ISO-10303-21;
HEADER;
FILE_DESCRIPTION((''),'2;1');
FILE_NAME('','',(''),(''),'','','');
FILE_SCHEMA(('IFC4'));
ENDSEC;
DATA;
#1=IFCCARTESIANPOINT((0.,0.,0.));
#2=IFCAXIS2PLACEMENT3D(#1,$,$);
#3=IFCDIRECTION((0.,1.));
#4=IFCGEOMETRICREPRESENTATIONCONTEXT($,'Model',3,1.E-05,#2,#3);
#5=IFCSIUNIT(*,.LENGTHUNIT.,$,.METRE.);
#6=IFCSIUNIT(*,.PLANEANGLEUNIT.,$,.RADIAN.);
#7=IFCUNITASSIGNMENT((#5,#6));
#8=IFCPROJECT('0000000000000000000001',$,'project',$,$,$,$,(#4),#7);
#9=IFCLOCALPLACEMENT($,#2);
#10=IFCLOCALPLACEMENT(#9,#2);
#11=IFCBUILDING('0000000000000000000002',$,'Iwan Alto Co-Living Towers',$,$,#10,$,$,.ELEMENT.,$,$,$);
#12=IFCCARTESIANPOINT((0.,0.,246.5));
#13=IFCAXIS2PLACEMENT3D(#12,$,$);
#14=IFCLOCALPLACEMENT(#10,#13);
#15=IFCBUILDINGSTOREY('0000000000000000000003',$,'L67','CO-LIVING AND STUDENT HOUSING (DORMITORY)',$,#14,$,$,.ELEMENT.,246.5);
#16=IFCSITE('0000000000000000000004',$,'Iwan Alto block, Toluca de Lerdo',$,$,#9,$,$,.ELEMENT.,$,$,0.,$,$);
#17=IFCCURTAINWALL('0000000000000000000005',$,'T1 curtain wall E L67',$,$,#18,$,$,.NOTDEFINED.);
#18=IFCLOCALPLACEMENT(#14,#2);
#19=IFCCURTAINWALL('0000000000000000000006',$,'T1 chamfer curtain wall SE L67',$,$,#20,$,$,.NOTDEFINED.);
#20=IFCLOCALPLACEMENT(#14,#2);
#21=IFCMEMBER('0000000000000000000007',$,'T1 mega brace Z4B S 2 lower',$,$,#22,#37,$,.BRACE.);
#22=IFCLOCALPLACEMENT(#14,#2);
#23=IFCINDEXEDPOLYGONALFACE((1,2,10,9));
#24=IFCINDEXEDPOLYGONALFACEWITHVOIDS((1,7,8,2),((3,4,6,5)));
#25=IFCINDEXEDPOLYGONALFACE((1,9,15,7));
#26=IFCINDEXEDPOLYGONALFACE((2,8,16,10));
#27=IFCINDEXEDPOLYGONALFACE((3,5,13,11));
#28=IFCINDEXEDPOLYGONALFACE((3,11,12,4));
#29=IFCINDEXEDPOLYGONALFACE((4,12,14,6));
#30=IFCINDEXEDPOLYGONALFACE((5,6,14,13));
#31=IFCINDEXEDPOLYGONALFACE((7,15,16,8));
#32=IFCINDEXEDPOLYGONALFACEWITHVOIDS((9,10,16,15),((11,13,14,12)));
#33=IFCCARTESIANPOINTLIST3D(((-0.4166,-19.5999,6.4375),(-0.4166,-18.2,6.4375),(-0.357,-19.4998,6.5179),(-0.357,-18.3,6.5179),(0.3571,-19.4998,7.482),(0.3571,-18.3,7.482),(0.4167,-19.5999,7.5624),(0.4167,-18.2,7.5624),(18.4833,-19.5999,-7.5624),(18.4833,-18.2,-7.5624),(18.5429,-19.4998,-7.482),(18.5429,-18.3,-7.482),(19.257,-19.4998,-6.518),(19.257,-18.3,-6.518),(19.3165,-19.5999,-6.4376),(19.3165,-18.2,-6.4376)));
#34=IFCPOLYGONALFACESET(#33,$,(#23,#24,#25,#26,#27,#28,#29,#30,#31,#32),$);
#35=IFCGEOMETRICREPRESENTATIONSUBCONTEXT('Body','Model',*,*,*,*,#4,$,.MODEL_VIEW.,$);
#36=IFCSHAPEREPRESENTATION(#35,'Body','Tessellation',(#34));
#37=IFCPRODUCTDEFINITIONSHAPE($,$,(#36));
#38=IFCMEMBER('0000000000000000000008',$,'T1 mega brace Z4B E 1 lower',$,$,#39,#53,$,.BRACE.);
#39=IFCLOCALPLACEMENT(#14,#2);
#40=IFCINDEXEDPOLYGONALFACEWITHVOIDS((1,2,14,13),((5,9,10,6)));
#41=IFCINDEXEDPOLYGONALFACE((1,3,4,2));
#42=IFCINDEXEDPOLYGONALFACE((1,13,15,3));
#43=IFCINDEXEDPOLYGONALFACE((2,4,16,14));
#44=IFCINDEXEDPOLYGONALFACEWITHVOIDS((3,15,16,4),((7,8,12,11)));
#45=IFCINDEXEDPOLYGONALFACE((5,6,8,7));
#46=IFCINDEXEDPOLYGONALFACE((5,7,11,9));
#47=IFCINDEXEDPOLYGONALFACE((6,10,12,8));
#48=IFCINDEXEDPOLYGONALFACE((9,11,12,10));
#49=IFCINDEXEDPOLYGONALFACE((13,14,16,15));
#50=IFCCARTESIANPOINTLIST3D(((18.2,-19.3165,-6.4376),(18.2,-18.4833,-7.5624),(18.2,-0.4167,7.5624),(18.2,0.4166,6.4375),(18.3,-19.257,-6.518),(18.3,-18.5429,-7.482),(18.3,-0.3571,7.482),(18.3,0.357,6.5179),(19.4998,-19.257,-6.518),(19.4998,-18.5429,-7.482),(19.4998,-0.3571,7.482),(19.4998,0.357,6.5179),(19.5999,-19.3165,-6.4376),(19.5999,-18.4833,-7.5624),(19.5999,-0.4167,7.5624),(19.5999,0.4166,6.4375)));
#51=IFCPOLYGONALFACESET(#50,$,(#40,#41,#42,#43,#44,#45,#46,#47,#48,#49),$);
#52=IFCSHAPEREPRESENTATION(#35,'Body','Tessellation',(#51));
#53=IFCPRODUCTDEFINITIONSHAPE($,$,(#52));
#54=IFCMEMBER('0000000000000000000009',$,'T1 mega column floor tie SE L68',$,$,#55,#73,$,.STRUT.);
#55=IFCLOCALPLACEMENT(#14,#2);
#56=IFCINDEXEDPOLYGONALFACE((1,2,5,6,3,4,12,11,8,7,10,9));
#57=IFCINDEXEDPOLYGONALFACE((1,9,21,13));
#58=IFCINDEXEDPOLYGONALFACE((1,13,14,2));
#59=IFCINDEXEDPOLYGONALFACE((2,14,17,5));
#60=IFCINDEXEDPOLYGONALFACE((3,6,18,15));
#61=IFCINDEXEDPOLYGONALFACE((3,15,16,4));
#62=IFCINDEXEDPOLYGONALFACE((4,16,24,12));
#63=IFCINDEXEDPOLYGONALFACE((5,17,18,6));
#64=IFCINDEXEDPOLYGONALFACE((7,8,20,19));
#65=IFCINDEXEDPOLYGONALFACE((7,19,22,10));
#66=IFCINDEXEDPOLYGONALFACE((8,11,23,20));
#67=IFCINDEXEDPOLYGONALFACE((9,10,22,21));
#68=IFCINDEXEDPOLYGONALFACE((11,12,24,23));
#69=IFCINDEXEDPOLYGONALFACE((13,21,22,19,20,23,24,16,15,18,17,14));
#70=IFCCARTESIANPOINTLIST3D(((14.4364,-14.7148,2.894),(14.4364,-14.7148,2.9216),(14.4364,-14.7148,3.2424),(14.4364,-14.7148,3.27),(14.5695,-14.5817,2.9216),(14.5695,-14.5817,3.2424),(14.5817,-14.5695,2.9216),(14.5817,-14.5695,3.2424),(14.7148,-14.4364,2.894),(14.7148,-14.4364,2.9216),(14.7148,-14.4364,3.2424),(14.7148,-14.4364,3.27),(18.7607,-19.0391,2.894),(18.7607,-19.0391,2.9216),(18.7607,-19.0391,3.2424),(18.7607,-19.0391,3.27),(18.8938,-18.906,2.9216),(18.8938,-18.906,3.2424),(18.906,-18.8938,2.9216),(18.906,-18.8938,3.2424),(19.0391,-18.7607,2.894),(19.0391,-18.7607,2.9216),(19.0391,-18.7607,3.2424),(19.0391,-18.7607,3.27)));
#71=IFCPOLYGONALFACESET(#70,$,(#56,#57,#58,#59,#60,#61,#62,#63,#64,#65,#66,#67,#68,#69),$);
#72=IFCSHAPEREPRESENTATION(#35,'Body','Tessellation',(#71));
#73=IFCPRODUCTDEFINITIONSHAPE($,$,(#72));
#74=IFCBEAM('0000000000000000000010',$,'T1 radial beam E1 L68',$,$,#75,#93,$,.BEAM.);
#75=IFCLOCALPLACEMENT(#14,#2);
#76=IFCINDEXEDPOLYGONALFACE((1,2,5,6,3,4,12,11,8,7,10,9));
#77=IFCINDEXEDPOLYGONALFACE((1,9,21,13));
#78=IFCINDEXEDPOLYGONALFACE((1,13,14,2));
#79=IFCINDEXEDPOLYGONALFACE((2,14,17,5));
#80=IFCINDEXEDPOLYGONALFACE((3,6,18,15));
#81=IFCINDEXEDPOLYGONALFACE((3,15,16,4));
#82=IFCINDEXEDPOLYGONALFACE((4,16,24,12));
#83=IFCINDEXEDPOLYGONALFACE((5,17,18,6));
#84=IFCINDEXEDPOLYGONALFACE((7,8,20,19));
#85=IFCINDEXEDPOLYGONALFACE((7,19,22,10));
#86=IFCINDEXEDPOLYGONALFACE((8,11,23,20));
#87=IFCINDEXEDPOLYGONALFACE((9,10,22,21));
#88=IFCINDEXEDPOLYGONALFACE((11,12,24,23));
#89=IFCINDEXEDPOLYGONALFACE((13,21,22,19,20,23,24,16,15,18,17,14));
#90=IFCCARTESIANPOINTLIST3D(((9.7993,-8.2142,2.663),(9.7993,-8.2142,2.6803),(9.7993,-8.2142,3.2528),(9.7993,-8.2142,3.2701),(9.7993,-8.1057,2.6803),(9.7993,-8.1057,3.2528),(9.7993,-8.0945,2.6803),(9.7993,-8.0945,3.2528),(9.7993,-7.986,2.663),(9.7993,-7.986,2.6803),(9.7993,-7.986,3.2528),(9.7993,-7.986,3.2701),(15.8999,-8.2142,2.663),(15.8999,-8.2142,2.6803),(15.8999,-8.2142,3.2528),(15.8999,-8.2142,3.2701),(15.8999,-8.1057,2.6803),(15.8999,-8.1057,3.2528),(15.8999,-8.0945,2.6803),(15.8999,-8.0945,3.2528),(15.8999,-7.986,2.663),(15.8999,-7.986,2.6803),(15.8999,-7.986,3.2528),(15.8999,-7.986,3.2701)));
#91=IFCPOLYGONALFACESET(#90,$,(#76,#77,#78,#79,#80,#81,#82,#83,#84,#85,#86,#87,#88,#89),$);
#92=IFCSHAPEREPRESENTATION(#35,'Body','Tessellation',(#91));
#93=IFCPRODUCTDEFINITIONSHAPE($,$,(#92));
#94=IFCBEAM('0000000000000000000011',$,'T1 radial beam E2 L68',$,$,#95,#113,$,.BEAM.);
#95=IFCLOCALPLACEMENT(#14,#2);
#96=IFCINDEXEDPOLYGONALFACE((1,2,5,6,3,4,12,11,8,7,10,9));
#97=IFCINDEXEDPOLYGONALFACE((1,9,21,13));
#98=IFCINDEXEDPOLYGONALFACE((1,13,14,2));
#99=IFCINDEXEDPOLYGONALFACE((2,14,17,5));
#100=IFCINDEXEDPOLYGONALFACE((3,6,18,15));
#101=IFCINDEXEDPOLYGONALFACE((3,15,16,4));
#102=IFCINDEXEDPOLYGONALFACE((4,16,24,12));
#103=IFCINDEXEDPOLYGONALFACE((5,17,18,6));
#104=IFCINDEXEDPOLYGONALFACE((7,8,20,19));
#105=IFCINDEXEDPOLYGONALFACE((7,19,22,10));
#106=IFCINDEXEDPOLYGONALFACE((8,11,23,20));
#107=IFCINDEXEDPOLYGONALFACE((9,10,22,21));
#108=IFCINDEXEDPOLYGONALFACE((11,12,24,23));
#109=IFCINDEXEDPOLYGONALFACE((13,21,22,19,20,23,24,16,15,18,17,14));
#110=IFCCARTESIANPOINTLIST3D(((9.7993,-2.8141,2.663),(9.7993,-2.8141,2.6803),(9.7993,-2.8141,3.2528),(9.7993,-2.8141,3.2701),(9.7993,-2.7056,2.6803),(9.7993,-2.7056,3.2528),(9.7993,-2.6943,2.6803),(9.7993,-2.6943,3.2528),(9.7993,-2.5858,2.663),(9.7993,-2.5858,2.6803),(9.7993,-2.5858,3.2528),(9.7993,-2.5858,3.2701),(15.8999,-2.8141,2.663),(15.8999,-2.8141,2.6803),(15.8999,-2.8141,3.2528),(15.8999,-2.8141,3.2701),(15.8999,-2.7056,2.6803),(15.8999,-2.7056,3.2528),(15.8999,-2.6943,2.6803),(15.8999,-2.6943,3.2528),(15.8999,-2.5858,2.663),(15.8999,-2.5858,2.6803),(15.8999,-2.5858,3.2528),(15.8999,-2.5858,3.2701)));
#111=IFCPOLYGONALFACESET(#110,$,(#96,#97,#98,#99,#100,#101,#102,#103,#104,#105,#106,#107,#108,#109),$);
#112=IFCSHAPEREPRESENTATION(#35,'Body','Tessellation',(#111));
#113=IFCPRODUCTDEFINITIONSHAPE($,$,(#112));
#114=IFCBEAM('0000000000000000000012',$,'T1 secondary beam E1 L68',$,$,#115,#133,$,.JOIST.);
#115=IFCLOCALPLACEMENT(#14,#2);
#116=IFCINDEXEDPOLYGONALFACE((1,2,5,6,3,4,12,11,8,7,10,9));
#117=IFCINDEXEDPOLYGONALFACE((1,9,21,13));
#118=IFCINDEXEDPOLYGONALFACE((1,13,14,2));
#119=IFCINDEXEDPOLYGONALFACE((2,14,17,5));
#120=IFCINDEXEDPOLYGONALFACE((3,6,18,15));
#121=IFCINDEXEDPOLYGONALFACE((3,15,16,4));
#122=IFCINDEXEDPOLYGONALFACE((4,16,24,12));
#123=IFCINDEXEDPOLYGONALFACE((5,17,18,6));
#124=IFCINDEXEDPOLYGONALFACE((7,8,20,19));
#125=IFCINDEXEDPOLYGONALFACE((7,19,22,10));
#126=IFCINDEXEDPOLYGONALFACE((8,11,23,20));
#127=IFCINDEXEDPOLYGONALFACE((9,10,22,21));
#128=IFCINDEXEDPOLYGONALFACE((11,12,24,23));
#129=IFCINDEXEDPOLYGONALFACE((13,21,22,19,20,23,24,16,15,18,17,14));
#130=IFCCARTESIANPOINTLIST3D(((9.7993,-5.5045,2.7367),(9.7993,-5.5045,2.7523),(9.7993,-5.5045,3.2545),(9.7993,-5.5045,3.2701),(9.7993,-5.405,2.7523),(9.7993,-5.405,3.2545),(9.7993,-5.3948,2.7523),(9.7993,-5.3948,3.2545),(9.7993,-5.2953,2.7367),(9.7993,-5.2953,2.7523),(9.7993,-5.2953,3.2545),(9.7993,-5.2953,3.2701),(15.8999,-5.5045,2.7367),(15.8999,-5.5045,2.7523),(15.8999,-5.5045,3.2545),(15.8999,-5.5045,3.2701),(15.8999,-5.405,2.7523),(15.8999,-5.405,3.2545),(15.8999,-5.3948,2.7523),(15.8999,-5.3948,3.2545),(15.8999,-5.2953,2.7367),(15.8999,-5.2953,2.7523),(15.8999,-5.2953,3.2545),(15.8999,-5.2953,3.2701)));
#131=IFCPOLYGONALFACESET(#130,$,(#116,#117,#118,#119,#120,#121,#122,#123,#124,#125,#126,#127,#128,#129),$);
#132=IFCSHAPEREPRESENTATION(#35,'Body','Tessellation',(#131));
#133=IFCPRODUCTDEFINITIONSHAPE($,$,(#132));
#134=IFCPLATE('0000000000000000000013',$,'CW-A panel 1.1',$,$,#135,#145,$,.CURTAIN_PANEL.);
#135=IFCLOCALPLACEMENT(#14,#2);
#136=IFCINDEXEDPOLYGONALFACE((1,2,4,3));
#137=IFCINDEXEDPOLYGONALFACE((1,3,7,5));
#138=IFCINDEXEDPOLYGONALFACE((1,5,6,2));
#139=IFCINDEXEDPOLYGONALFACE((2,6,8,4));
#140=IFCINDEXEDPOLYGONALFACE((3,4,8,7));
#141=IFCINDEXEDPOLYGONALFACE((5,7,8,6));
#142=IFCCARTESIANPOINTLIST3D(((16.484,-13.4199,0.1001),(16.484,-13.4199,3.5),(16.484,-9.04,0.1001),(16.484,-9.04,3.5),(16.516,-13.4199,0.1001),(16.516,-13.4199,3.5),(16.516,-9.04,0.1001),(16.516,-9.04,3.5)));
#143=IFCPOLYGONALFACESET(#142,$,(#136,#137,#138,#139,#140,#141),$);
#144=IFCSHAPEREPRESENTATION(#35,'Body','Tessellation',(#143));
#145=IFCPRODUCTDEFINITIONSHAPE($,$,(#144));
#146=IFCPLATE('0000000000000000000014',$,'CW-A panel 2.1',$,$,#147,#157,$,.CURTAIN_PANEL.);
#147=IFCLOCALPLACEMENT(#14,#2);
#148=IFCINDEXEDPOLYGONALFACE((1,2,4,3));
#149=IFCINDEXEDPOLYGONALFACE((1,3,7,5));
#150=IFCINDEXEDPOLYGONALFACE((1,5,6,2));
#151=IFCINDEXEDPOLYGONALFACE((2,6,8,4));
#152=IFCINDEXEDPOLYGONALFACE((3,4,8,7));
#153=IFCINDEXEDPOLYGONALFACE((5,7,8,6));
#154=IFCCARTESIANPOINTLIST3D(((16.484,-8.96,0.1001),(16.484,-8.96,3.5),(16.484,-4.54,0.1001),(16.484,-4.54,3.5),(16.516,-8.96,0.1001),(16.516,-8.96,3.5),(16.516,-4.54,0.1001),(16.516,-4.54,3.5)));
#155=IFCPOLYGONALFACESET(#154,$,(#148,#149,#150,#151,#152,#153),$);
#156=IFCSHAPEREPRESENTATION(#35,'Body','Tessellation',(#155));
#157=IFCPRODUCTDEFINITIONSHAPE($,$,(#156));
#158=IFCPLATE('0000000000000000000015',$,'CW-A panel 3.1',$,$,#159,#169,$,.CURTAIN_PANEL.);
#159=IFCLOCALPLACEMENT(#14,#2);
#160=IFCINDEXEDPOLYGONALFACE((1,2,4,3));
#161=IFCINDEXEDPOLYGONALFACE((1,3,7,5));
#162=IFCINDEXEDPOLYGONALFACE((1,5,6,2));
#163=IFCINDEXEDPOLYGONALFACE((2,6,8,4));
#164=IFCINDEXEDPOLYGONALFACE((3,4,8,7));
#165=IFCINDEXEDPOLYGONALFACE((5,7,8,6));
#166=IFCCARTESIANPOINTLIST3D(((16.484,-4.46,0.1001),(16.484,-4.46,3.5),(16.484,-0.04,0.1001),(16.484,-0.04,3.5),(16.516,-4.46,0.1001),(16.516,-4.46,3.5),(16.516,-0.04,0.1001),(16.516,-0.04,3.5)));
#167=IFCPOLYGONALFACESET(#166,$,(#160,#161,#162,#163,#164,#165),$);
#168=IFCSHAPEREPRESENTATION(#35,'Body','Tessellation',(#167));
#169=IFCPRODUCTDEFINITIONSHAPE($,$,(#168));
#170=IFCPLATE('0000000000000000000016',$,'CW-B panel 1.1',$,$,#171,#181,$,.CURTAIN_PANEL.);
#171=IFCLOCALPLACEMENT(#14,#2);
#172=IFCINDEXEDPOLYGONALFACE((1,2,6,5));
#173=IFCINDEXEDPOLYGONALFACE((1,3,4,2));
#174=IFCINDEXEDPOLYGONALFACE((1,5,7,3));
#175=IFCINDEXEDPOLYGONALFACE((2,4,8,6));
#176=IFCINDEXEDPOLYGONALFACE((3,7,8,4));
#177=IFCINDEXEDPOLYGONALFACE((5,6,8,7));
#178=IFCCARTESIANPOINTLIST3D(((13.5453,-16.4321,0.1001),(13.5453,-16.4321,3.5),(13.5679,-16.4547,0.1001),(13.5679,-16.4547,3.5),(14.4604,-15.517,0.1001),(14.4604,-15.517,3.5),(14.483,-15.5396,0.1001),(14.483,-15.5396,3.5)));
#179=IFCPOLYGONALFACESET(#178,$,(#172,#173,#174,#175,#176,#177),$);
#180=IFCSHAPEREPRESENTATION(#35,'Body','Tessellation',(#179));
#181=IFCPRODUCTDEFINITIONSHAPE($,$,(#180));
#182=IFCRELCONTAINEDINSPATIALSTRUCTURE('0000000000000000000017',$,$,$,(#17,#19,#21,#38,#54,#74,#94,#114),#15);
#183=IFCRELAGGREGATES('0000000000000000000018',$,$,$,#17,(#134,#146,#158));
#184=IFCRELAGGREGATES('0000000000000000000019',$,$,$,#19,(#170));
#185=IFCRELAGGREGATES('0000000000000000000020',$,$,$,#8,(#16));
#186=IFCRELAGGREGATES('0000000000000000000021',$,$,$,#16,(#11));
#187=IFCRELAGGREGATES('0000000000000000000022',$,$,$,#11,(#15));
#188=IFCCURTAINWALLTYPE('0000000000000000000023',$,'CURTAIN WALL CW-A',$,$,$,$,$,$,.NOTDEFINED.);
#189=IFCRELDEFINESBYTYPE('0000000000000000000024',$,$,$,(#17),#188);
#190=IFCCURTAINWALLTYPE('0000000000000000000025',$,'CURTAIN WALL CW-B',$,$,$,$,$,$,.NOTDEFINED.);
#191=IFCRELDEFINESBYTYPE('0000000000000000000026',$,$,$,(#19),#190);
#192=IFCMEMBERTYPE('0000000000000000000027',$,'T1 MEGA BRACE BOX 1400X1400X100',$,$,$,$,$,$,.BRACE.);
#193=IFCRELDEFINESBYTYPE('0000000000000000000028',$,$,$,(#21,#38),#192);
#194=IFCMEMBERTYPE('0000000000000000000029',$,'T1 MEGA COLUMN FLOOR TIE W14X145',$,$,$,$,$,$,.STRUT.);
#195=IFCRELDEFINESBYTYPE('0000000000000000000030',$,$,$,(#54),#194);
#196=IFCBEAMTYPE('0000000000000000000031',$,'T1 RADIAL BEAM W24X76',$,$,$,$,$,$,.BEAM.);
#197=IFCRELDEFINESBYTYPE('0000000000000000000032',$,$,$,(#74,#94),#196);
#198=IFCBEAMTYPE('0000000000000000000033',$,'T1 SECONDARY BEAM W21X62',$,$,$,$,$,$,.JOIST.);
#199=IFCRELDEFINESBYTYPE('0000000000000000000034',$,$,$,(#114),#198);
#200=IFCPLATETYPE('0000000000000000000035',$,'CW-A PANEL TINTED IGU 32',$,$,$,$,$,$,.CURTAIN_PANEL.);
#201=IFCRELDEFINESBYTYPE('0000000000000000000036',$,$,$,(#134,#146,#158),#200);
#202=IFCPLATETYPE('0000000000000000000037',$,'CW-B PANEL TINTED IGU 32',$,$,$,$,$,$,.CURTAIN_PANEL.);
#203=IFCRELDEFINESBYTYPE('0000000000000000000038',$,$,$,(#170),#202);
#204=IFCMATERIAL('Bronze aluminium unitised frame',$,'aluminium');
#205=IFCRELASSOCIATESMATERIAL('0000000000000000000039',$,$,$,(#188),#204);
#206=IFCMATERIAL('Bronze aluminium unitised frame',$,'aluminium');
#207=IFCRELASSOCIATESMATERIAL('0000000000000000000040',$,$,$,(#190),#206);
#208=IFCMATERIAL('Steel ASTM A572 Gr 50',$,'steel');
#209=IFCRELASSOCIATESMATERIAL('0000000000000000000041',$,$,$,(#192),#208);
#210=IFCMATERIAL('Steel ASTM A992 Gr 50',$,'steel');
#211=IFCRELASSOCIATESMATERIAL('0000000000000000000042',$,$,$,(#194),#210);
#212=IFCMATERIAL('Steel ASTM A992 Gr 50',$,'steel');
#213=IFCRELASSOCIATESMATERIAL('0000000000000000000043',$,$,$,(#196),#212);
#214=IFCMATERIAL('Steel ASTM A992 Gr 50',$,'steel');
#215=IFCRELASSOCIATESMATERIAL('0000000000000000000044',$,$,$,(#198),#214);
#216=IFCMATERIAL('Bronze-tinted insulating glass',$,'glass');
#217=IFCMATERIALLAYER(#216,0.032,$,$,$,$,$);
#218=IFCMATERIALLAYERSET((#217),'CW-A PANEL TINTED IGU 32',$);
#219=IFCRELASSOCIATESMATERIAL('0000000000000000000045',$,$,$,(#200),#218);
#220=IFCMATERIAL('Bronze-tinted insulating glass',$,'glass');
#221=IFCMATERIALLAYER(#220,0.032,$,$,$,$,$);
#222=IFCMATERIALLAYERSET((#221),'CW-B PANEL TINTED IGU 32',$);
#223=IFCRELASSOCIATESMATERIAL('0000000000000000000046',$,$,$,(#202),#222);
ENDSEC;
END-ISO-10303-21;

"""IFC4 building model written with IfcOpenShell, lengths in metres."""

from ifc_helpers import new_model, si_unit, direction, frame, origin, origin_2d, place, context, subcontext, project, spatial, rectangle, hollow_rectangle, i_section, extrude, material, layer, layer_set, material_profile, profile_set, type_object, element, aggregate, save


model = new_model("IFC4")

# Units and contexts
model_context = context("Model", 3, precision=1e-05, world=origin(), true_north=direction((0.0, 1.0)))
body_context = subcontext(model_context, "Body", "Model", "MODEL_VIEW")
ifc_project = project(units=[si_unit("LENGTHUNIT", "METRE"), si_unit("PLANEANGLEUNIT", "RADIAN")], contexts=[model_context])

# Site, building, storey
site_placement = place(None, origin())
site = spatial("IfcSite", under=ifc_project, at=site_placement, Name="Iwan Alto block, Toluca de Lerdo", CompositionType="ELEMENT", RefElevation=0.0)
building_placement = place(site_placement, origin())
building = spatial("IfcBuilding", under=site, at=building_placement, Name="Iwan Alto Co-Living Towers", CompositionType="ELEMENT")
storey_placement = place(building_placement, frame((0.0, 0.0, 246.5)))
storey = spatial("IfcBuildingStorey", under=building, at=storey_placement, Name="L67", Description="CO-LIVING AND STUDENT HOUSING (DORMITORY)", CompositionType="ELEMENT", Elevation=246.5)

# Shared definitions
ifc_material_1 = material(Name="Bronze aluminium unitised frame", Category="aluminium")
curtain_wall_type_1 = type_object("IfcCurtainWallType", Name="CURTAIN WALL CW-A", PredefinedType="NOTDEFINED", material=ifc_material_1)

# Curtain walls
curtain_wall_1_placement = place(storey_placement, origin())
curtain_wall_1 = element("IfcCurtainWall", 1, at=curtain_wall_1_placement, inside=storey, type_object=curtain_wall_type_1, Name="T1 curtain wall E L67", PredefinedType="NOTDEFINED")
ifc_material_2 = material(Name="Bronze aluminium unitised frame", Category="aluminium")
curtain_wall_type_2 = type_object("IfcCurtainWallType", Name="CURTAIN WALL CW-B", PredefinedType="NOTDEFINED", material=ifc_material_2)
curtain_wall_2_placement = place(storey_placement, origin())
curtain_wall_2 = element("IfcCurtainWall", 2, at=curtain_wall_2_placement, inside=storey, type_object=curtain_wall_type_2, Name="T1 chamfer curtain wall SE L67", PredefinedType="NOTDEFINED")

# Members
ifc_material_3 = material(Name="Steel ASTM A572 Gr 50", Category="steel")
ifc_material_profile_1 = material_profile(ifc_material_3, hollow_rectangle(XDim=1.3999, YDim=1.3999, WallThickness=0.1001, at=origin_2d()), Name="BOX 1400X1400X100")
ifc_profile_set_1 = profile_set([ifc_material_profile_1], Name="Steel ASTM A572 Gr 50")
member_type_1 = type_object("IfcMemberType", Name="T1 MEGA BRACE BOX 1400X1400X100", PredefinedType="BRACE", material=ifc_profile_set_1)
for number, where, z_axis, x_axis, name in (
    (3, (18.8999, -18.8999, -7.0), (-0.803556, 0.0, 0.59523), (0.0, -1.0, 0.0), "T1 mega brace Z4B S 2 lower"),
    (4, (18.8999, -18.8999, -7.0), (0.0, 0.803556, 0.59523), (-1.0, 0.0, 0.0), "T1 mega brace Z4B E 1 lower"),
):
    element("IfcMember", number, at=place(storey_placement, frame(where, z_axis=z_axis, x_axis=x_axis)), inside=storey, type_object=member_type_1, Name=name, PredefinedType="BRACE", context=body_context, shape_type="SweptSolid", body=[
        extrude(hollow_rectangle(XDim=1.3999, YDim=1.3999, WallThickness=0.1001, at=origin_2d()), origin(), (0.0, 0.0, 1.0), 23.5203),
    ])
ifc_material_4 = material(Name="Steel ASTM A992 Gr 50", Category="steel")
ifc_material_profile_2 = material_profile(ifc_material_4, i_section(OverallWidth=0.3938, OverallDepth=0.376, WebThickness=0.0173, FlangeThickness=0.0276, at=origin_2d()), Name="W14X145")
ifc_profile_set_2 = profile_set([ifc_material_profile_2], Name="Steel ASTM A992 Gr 50")
member_type_2 = type_object("IfcMemberType", Name="T1 MEGA COLUMN FLOOR TIE W14X145", PredefinedType="STRUT", material=ifc_profile_set_2)
member_1_placement = place(storey_placement, frame((18.8999, -18.8999, 3.082), z_axis=(-0.707107, 0.707107, 0.0), x_axis=(-0.707107, -0.707107, 0.0)))
element("IfcMember", 5, at=member_1_placement, inside=storey, type_object=member_type_2, Name="T1 mega column floor tie SE L68", PredefinedType="STRUT", context=body_context, shape_type="SweptSolid", body=[
    extrude(i_section(OverallWidth=0.3938, OverallDepth=0.376, WebThickness=0.0173, FlangeThickness=0.0276, at=origin_2d()), origin(), (0.0, 0.0, 1.0), 6.1155),
])

# Beams
ifc_material_5 = material(Name="Steel ASTM A992 Gr 50", Category="steel")
ifc_material_profile_3 = material_profile(ifc_material_5, i_section(OverallWidth=0.2283, OverallDepth=0.6072, WebThickness=0.0112, FlangeThickness=0.0173, at=origin_2d()), Name="W24X76")
ifc_profile_set_3 = profile_set([ifc_material_profile_3], Name="Steel ASTM A992 Gr 50")
beam_type_1 = type_object("IfcBeamType", Name="T1 RADIAL BEAM W24X76", PredefinedType="BEAM", material=ifc_profile_set_3)
for number, where, z_axis, x_axis, name in (
    (6, (15.8999, -8.1001, 2.9666), (-1.0, 0.0, 0.0), (0.0, -1.0, 0.0), "T1 radial beam E1 L68"),
    (7, (15.8999, -2.7, 2.9666), (-1.0, 0.0, 0.0), (0.0, -1.0, 0.0), "T1 radial beam E2 L68"),
):
    element("IfcBeam", number, at=place(storey_placement, frame(where, z_axis=z_axis, x_axis=x_axis)), inside=storey, type_object=beam_type_1, Name=name, PredefinedType="BEAM", context=body_context, shape_type="SweptSolid", body=[
        extrude(i_section(OverallWidth=0.2283, OverallDepth=0.6072, WebThickness=0.0112, FlangeThickness=0.0173, at=origin_2d()), origin(), (0.0, 0.0, 1.0), 6.1006),
    ])
ifc_material_6 = material(Name="Steel ASTM A992 Gr 50", Category="steel")
ifc_material_profile_4 = material_profile(ifc_material_6, i_section(OverallWidth=0.2092, OverallDepth=0.5334, WebThickness=0.0103, FlangeThickness=0.0156, at=origin_2d()), Name="W21X62")
ifc_profile_set_4 = profile_set([ifc_material_profile_4], Name="Steel ASTM A992 Gr 50")
beam_type_2 = type_object("IfcBeamType", Name="T1 SECONDARY BEAM W21X62", PredefinedType="JOIST", material=ifc_profile_set_4)
beam_1_placement = place(storey_placement, frame((15.8999, -5.3999, 3.0034), z_axis=(-1.0, 0.0, 0.0), x_axis=(0.0, -1.0, 0.0)))
element("IfcBeam", 8, at=beam_1_placement, inside=storey, type_object=beam_type_2, Name="T1 secondary beam E1 L68", PredefinedType="JOIST", context=body_context, shape_type="SweptSolid", body=[
    extrude(i_section(OverallWidth=0.2092, OverallDepth=0.5334, WebThickness=0.0103, FlangeThickness=0.0156, at=origin_2d()), origin(), (0.0, 0.0, 1.0), 6.1006),
])

# Plates
ifc_material_7 = material(Name="Bronze-tinted insulating glass", Category="glass")
ifc_layer_1 = layer(ifc_material_7, 0.032)
ifc_layer_set_1 = layer_set([ifc_layer_1], Name="CW-A PANEL TINTED IGU 32")
plate_type_1 = type_object("IfcPlateType", Name="CW-A PANEL TINTED IGU 32", PredefinedType="CURTAIN_PANEL", material=ifc_layer_set_1)
plate_1_placement = place(storey_placement, frame((16.5, -11.23, 0.1001), z_axis=(0.0, 0.0, 1.0), x_axis=(0.0, 1.0, 0.0)))
plate_1 = element("IfcPlate", 9, at=plate_1_placement, type_object=plate_type_1, Name="CW-A panel 1.1", PredefinedType="CURTAIN_PANEL", context=body_context, shape_type="SweptSolid", body=[
    extrude(rectangle(XDim=4.3799, YDim=0.032, at=origin_2d()), origin(), (0.0, 0.0, 1.0), 3.3999),
])
plate_2_placement = place(storey_placement, frame((16.5, -6.75, 0.1001), z_axis=(0.0, 0.0, 1.0), x_axis=(0.0, 1.0, 0.0)))
plate_2 = element("IfcPlate", 10, at=plate_2_placement, type_object=plate_type_1, Name="CW-A panel 2.1", PredefinedType="CURTAIN_PANEL", context=body_context, shape_type="SweptSolid", body=[
    extrude(rectangle(XDim=4.4199, YDim=0.032, at=origin_2d()), origin(), (0.0, 0.0, 1.0), 3.3999),
])
plate_3_placement = place(storey_placement, frame((16.5, -2.25, 0.1001), z_axis=(0.0, 0.0, 1.0), x_axis=(0.0, 1.0, 0.0)))
plate_3 = element("IfcPlate", 11, at=plate_3_placement, type_object=plate_type_1, Name="CW-A panel 3.1", PredefinedType="CURTAIN_PANEL", context=body_context, shape_type="SweptSolid", body=[
    extrude(rectangle(XDim=4.4199, YDim=0.032, at=origin_2d()), origin(), (0.0, 0.0, 1.0), 3.3999),
])
aggregate(curtain_wall_1, [plate_1, plate_2, plate_3])
ifc_material_8 = material(Name="Bronze-tinted insulating glass", Category="glass")
ifc_layer_2 = layer(ifc_material_8, 0.032)
ifc_layer_set_2 = layer_set([ifc_layer_2], Name="CW-B PANEL TINTED IGU 32")
plate_type_2 = type_object("IfcPlateType", Name="CW-B PANEL TINTED IGU 32", PredefinedType="CURTAIN_PANEL", material=ifc_layer_set_2)
plate_4_placement = place(storey_placement, frame((14.0142, -15.9858, 0.1001), z_axis=(0.0, 0.0, 1.0), x_axis=(0.707107, 0.707107, 0.0)))
plate_4 = element("IfcPlate", 12, at=plate_4_placement, type_object=plate_type_2, Name="CW-B panel 1.1", PredefinedType="CURTAIN_PANEL", context=body_context, shape_type="SweptSolid", body=[
    extrude(rectangle(XDim=1.2942, YDim=0.032, at=origin_2d()), origin(), (0.0, 0.0, 1.0), 3.3999),
])
aggregate(curtain_wall_2, [plate_4])

save(model, "model.ifc")
